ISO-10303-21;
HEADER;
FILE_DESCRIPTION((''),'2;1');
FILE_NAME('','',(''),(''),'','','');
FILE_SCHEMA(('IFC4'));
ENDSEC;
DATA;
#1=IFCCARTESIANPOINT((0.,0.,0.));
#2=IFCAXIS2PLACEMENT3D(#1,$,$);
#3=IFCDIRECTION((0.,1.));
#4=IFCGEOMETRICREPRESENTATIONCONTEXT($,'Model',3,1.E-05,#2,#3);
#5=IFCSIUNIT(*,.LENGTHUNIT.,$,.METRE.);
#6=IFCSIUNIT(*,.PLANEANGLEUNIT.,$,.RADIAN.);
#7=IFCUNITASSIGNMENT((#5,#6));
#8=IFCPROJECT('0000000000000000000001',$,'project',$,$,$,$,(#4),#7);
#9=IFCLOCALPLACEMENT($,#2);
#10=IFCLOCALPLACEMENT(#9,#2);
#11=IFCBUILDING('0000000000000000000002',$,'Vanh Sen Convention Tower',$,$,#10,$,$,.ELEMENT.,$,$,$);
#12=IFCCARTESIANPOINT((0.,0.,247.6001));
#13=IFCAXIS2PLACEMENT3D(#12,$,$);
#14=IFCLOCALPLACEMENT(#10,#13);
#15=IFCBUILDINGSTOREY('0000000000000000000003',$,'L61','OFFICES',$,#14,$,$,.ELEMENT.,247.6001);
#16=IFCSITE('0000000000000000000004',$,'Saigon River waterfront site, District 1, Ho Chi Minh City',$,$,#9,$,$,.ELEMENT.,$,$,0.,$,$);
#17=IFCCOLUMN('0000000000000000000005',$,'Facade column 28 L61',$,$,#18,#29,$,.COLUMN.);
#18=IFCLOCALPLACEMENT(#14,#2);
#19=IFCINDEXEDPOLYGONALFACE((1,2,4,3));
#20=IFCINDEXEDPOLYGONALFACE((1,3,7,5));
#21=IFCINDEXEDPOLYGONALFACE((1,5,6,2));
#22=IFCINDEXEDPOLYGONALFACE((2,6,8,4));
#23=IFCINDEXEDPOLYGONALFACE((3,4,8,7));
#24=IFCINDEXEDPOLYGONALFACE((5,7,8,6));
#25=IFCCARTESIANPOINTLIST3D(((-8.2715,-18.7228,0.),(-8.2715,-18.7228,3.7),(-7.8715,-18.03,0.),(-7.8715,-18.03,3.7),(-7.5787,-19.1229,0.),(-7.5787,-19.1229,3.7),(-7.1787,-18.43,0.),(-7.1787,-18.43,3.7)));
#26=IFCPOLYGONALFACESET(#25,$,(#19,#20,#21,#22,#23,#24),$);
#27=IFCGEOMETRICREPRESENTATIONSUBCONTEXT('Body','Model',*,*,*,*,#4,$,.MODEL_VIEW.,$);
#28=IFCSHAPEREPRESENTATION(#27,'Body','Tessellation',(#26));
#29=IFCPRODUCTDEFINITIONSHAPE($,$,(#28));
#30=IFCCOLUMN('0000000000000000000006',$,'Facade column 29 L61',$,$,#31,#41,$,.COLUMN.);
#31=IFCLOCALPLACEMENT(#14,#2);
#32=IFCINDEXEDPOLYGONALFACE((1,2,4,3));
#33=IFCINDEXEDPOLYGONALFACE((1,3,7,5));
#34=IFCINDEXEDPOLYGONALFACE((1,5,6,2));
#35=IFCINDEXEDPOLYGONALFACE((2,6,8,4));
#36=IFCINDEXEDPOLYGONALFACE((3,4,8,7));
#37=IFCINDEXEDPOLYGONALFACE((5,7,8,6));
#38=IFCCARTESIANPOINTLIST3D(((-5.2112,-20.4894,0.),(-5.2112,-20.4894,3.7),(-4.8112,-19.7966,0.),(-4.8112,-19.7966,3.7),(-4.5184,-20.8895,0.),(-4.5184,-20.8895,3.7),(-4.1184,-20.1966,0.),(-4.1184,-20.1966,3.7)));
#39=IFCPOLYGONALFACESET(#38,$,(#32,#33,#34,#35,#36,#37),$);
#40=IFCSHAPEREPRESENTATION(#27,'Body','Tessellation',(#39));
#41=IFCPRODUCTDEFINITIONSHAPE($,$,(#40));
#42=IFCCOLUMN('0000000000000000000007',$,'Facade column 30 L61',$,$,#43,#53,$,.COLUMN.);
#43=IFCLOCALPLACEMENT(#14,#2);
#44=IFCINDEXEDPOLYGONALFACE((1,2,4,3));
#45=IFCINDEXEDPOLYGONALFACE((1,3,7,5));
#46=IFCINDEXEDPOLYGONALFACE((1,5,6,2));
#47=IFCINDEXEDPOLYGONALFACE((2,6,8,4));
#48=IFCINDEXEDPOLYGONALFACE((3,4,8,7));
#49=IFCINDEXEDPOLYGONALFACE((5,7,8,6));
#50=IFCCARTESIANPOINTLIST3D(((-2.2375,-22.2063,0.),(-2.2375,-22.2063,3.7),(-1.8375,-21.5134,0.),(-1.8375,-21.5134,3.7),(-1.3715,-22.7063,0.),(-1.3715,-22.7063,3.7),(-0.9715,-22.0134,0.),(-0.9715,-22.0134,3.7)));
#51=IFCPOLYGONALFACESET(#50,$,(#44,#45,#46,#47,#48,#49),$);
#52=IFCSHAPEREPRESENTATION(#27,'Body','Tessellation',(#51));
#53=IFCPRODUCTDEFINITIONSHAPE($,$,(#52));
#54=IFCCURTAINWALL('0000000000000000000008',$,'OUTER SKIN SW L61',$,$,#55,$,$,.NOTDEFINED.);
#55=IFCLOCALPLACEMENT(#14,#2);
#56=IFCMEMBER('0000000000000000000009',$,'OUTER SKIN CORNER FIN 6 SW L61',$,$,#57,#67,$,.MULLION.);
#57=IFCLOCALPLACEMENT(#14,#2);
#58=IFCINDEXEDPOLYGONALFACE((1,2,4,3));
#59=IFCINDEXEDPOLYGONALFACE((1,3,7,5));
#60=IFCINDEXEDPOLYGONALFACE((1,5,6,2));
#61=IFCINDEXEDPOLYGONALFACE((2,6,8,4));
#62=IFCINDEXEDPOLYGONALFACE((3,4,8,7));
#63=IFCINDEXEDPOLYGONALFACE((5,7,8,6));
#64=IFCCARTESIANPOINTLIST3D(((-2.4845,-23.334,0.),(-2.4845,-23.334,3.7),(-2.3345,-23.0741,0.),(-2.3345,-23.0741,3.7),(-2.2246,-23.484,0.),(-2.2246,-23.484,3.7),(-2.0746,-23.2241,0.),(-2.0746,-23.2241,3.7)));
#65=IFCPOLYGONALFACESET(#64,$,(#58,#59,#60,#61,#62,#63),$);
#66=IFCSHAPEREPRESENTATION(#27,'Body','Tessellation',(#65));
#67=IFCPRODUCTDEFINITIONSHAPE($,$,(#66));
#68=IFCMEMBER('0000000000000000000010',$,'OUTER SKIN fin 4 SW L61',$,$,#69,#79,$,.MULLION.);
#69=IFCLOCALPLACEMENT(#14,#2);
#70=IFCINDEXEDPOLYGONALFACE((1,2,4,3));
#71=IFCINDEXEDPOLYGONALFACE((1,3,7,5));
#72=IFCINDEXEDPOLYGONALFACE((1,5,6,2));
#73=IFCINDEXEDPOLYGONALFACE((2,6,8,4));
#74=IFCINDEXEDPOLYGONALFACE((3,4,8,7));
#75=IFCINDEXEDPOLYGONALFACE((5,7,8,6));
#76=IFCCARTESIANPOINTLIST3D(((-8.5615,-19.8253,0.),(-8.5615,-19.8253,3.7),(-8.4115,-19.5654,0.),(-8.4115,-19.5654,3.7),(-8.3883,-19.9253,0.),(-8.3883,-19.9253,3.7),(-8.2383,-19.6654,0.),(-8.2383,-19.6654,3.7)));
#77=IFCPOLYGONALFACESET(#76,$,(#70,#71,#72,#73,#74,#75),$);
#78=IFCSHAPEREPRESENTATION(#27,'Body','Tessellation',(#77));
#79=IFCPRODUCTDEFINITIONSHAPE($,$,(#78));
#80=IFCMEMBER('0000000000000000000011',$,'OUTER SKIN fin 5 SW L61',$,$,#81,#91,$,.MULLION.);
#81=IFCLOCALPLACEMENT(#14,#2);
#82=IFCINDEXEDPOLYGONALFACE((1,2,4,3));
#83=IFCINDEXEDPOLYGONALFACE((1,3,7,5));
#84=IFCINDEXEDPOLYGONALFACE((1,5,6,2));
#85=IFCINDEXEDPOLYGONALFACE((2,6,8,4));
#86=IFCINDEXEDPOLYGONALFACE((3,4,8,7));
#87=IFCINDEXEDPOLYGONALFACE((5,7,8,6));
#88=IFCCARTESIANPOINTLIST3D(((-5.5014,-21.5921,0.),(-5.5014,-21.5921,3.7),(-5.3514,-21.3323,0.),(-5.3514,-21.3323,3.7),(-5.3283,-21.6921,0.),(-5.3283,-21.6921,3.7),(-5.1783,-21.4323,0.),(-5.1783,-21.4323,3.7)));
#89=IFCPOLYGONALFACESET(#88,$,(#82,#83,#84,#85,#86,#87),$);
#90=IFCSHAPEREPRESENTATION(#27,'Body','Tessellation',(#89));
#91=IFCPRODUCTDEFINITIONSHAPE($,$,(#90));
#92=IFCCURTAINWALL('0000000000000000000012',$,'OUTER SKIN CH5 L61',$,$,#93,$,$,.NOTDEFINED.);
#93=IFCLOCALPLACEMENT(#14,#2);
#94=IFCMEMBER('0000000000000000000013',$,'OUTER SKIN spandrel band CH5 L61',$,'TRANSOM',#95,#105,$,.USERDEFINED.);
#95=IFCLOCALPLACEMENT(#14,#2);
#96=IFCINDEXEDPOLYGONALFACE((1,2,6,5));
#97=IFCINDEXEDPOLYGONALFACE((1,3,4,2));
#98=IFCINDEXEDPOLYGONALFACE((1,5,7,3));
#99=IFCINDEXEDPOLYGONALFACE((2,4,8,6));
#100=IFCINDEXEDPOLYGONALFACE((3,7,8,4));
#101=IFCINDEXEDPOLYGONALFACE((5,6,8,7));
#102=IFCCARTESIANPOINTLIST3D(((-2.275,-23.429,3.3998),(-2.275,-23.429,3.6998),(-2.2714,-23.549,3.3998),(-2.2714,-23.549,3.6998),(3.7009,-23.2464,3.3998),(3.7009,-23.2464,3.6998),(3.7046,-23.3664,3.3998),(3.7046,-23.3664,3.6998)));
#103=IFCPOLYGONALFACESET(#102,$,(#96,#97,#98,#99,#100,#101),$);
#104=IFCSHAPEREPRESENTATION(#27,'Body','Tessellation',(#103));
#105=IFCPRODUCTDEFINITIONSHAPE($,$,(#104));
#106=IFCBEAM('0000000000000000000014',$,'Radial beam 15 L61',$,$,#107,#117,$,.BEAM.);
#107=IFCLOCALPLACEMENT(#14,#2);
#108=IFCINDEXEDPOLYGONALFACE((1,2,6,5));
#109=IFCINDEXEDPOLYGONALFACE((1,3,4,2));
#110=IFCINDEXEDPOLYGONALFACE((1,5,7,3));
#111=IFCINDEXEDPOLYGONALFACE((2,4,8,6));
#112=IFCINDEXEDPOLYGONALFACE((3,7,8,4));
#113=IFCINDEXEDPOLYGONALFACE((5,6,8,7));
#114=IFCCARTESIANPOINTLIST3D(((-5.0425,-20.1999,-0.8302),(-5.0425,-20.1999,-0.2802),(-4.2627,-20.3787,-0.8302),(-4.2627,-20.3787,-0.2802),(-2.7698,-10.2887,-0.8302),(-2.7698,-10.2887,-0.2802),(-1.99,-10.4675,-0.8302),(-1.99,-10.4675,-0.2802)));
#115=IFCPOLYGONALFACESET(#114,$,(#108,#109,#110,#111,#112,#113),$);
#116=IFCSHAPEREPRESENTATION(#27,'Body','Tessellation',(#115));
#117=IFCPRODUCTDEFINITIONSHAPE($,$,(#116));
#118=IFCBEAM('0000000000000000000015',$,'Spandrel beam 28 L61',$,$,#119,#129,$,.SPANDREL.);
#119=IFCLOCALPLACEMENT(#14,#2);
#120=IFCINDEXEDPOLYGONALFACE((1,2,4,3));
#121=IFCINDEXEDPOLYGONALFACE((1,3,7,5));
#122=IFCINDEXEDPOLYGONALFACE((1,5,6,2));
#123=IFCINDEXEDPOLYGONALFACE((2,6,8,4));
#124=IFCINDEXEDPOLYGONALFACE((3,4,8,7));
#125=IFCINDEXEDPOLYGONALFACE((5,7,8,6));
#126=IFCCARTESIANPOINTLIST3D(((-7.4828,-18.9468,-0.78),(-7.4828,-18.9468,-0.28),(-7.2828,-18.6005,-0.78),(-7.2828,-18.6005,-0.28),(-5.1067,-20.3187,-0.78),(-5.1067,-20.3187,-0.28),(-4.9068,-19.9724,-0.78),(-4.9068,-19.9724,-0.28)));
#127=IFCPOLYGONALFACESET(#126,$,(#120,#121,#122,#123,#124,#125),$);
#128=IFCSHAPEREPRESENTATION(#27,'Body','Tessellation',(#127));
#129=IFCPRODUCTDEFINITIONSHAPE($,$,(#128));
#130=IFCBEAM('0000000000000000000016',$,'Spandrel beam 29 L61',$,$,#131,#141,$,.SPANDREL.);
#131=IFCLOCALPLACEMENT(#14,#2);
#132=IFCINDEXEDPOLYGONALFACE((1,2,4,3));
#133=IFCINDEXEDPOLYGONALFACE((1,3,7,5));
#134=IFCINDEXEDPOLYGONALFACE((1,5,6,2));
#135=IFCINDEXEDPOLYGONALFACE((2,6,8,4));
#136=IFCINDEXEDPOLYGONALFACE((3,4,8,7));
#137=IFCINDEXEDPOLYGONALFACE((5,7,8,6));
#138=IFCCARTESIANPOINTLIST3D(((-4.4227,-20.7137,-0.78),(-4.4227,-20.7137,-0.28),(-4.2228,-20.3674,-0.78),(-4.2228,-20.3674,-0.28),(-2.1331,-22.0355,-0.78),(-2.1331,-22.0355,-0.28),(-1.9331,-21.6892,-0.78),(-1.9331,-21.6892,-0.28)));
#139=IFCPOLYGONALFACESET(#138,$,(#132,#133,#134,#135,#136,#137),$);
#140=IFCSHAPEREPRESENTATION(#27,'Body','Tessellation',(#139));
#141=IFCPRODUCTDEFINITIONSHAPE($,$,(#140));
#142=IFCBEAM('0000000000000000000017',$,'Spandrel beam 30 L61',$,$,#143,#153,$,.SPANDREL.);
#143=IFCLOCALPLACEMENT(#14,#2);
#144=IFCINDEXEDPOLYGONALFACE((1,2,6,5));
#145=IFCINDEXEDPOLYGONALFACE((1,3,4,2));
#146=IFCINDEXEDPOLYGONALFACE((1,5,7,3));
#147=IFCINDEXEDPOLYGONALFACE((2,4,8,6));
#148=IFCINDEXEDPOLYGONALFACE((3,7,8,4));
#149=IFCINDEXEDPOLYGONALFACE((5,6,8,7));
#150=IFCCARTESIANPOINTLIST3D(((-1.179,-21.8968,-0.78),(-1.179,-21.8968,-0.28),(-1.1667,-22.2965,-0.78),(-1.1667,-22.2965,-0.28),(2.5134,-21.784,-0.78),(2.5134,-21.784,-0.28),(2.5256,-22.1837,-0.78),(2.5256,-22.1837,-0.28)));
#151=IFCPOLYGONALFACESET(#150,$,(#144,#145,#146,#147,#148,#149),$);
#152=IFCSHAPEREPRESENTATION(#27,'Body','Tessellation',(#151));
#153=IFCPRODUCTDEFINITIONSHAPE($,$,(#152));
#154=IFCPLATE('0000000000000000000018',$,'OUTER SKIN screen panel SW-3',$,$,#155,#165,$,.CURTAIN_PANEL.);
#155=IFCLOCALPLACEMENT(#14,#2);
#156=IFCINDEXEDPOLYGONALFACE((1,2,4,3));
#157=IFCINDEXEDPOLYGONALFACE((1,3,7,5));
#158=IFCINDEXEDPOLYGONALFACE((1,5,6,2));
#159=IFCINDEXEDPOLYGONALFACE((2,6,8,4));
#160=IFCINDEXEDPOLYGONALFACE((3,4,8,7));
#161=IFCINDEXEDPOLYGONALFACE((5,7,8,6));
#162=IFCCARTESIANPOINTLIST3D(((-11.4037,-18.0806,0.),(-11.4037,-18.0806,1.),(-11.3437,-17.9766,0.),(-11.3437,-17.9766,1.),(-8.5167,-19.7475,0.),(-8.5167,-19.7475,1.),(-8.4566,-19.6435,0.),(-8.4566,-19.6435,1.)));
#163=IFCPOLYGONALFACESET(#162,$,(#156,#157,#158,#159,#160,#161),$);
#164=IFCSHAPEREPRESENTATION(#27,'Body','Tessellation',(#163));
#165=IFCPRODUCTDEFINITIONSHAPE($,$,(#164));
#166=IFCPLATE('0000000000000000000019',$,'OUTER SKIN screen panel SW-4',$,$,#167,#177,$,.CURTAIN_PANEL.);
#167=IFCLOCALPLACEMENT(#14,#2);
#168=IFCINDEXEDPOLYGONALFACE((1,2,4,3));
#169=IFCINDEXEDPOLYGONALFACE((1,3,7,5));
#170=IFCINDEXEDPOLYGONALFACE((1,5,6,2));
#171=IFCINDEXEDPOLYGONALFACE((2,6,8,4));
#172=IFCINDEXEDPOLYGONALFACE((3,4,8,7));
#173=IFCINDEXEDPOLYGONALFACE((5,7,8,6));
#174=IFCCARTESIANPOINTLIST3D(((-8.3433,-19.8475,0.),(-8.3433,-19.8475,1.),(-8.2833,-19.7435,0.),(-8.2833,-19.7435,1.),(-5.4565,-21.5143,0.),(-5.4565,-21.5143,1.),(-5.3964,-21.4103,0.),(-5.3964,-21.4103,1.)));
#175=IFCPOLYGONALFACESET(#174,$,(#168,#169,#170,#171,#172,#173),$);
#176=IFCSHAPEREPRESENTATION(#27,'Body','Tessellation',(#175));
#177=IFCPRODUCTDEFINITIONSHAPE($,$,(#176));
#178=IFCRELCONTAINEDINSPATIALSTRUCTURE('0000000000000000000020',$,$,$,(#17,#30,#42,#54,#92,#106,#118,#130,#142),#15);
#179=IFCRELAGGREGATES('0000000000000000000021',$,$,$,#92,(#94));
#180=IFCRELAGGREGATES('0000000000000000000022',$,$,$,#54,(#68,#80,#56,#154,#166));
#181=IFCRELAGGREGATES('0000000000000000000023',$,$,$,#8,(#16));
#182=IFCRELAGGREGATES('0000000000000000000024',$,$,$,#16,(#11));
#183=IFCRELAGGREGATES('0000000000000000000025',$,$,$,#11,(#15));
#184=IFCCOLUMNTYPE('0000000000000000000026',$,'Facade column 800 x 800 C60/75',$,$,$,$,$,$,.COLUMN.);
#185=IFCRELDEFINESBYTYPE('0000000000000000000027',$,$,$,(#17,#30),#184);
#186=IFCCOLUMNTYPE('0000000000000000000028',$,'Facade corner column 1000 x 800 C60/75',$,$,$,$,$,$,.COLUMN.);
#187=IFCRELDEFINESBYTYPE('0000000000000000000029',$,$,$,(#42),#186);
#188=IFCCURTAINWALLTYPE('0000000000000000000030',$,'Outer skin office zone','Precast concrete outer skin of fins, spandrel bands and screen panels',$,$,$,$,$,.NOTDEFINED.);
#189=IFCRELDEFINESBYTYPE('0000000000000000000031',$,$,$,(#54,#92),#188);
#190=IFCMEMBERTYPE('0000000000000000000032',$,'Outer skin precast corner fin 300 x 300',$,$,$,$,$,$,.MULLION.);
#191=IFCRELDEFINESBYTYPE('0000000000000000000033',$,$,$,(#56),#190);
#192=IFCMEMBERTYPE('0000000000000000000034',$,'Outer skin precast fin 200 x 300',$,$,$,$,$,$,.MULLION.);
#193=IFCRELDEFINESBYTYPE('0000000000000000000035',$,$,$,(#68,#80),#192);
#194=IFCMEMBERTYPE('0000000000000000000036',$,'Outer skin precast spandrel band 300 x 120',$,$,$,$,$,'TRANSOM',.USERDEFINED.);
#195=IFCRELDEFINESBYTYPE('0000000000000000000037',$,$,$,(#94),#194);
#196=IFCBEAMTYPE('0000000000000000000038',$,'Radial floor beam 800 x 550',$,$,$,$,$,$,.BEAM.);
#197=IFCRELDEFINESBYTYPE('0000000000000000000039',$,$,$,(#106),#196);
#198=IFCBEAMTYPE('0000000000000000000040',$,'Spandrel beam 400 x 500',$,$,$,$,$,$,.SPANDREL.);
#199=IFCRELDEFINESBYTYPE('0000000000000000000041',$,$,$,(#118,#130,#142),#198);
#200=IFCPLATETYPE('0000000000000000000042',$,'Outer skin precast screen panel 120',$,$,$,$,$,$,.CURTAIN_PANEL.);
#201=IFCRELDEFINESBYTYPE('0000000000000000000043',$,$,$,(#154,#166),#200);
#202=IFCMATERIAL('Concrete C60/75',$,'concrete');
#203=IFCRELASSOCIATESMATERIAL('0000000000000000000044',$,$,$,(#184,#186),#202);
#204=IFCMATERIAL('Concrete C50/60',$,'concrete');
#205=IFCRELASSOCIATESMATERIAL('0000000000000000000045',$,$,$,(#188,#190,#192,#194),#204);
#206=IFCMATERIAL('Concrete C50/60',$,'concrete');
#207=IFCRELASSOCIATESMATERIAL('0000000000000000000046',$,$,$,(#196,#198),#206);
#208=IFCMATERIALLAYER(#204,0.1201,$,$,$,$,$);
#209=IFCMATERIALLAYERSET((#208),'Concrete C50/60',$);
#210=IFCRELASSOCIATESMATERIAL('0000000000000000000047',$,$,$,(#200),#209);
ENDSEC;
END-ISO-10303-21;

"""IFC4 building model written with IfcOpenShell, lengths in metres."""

from ifc_helpers import new_model, si_unit, direction, frame, origin, origin_2d, place, context, subcontext, project, spatial, rectangle, extrude, material, layer, layer_set, material_profile, profile_set, type_object, element, aggregate, save


model = new_model("IFC4")

# Units and contexts
model_context = context("Model", 3, precision=1e-05, world=origin(), true_north=direction((0.0, 1.0)))
body_context = subcontext(model_context, "Body", "Model", "MODEL_VIEW")
ifc_project = project(units=[si_unit("LENGTHUNIT", "METRE"), si_unit("PLANEANGLEUNIT", "RADIAN")], contexts=[model_context])

# Site, building, storey
site_placement = place(None, origin())
site = spatial("IfcSite", under=ifc_project, at=site_placement, Name="Saigon River waterfront site, District 1, Ho Chi Minh City", CompositionType="ELEMENT", RefElevation=0.0)
building_placement = place(site_placement, origin())
building = spatial("IfcBuilding", under=site, at=building_placement, Name="Vanh Sen Convention Tower", CompositionType="ELEMENT")
storey_placement = place(building_placement, frame((0.0, 0.0, 247.6001)))
storey = spatial("IfcBuildingStorey", under=building, at=storey_placement, Name="L61", Description="OFFICES", CompositionType="ELEMENT", Elevation=247.6001)

# Columns
ifc_material_1 = material(Name="Concrete C60/75", Category="concrete")
ifc_material_profile_1 = material_profile(ifc_material_1, rectangle(XDim=0.8, YDim=0.8, at=origin_2d()), Name="RC 800X800")
ifc_profile_set_1 = profile_set([ifc_material_profile_1], Name="Concrete C60/75")
column_type_1 = type_object("IfcColumnType", Name="Facade column 800 x 800 C60/75", PredefinedType="COLUMN", material=ifc_profile_set_1)
for number, where, z_axis, x_axis, name in (
    (1, (-7.7251, -18.5764, 0.0), (0.0, 0.0, 1.0), (0.866025, -0.5, 0.0), "Facade column 28 L61"),
    (2, (-4.6648, -20.343, 0.0), (0.0, 0.0, 1.0), (0.866025, -0.5, 0.0), "Facade column 29 L61"),
):
    element("IfcColumn", number, at=place(storey_placement, frame(where, z_axis=z_axis, x_axis=x_axis)), inside=storey, type_object=column_type_1, Name=name, PredefinedType="COLUMN", context=body_context, shape_type="SweptSolid", body=[
        extrude(rectangle(XDim=0.8, YDim=0.8, at=origin_2d()), origin(), (0.0, 0.0, 1.0), 3.7),
    ])
ifc_material_profile_2 = material_profile(ifc_material_1, rectangle(XDim=1.0, YDim=0.8, at=origin_2d()), Name="RC 1000X800")
ifc_profile_set_2 = profile_set([ifc_material_profile_2], Name="Concrete C60/75")
column_type_2 = type_object("IfcColumnType", Name="Facade corner column 1000 x 800 C60/75", PredefinedType="COLUMN", material=ifc_profile_set_2)
column_placement = place(storey_placement, frame((-1.6045, -22.1099, 0.0), z_axis=(0.0, 0.0, 1.0), x_axis=(0.866025, -0.5, 0.0)))
element("IfcColumn", 3, at=column_placement, inside=storey, type_object=column_type_2, Name="Facade column 30 L61", PredefinedType="COLUMN", context=body_context, shape_type="SweptSolid", body=[
    extrude(rectangle(XDim=1.0, YDim=0.8, at=origin_2d()), origin(), (0.0, 0.0, 1.0), 3.7),
])

# Curtain wall, members
ifc_material_2 = material(Name="Concrete C50/60", Category="concrete")
curtain_wall_type = type_object("IfcCurtainWallType", Name="Outer skin office zone", Description="Precast concrete outer skin of fins, spandrel bands and screen panels", PredefinedType="NOTDEFINED", material=ifc_material_2)
curtain_wall_1_placement = place(storey_placement, origin())
curtain_wall_1 = element("IfcCurtainWall", 4, at=curtain_wall_1_placement, inside=storey, type_object=curtain_wall_type, Name="OUTER SKIN SW L61", PredefinedType="NOTDEFINED")
ifc_material_profile_3 = material_profile(ifc_material_2, rectangle(XDim=0.3, YDim=0.3, at=origin_2d()), Name="Outer skin precast corner fin 300 x 300")
ifc_profile_set_3 = profile_set([ifc_material_profile_3], Name="Concrete C50/60")
member_type_1 = type_object("IfcMemberType", Name="Outer skin precast corner fin 300 x 300", PredefinedType="MULLION", material=ifc_profile_set_3)
member_1_placement = place(storey_placement, frame((-2.2795, -23.2791, 0.0), z_axis=(0.0, 0.0, 1.0), x_axis=(0.866025, -0.5, 0.0)))
member_1 = element("IfcMember", 5, at=member_1_placement, type_object=member_type_1, Name="OUTER SKIN CORNER FIN 6 SW L61", PredefinedType="MULLION", context=body_context, shape_type="SweptSolid", body=[
    extrude(rectangle(XDim=0.3, YDim=0.3, at=origin_2d()), origin(), (0.0, 0.0, 1.0), 3.7),
])
ifc_material_profile_4 = material_profile(ifc_material_2, rectangle(XDim=0.2, YDim=0.3, at=origin_2d()), Name="Outer skin precast fin 200 x 300")
ifc_profile_set_4 = profile_set([ifc_material_profile_4], Name="Concrete C50/60")
member_type_2 = type_object("IfcMemberType", Name="Outer skin precast fin 200 x 300", PredefinedType="MULLION", material=ifc_profile_set_4)
member_2_placement = place(storey_placement, frame((-8.3999, -19.7454, 0.0), z_axis=(0.0, 0.0, 1.0), x_axis=(0.866025, -0.5, 0.0)))
member_2 = element("IfcMember", 6, at=member_2_placement, type_object=member_type_2, Name="OUTER SKIN fin 4 SW L61", PredefinedType="MULLION", context=body_context, shape_type="SweptSolid", body=[
    extrude(rectangle(XDim=0.2, YDim=0.3, at=origin_2d()), origin(), (0.0, 0.0, 1.0), 3.7),
])
member_3_placement = place(storey_placement, frame((-5.3398, -21.5122, 0.0), z_axis=(0.0, 0.0, 1.0), x_axis=(0.866025, -0.5, 0.0)))
member_3 = element("IfcMember", 7, at=member_3_placement, type_object=member_type_2, Name="OUTER SKIN fin 5 SW L61", PredefinedType="MULLION", context=body_context, shape_type="SweptSolid", body=[
    extrude(rectangle(XDim=0.2, YDim=0.3, at=origin_2d()), origin(), (0.0, 0.0, 1.0), 3.7),
])

# Curtain wall, member
curtain_wall_2_placement = place(storey_placement, origin())
curtain_wall_2 = element("IfcCurtainWall", 8, at=curtain_wall_2_placement, inside=storey, type_object=curtain_wall_type, Name="OUTER SKIN CH5 L61", PredefinedType="NOTDEFINED")
ifc_material_profile_5 = material_profile(ifc_material_2, rectangle(XDim=0.1201, YDim=0.3, at=origin_2d()), Name="Outer skin precast spandrel band 300 x 120")
ifc_profile_set_5 = profile_set([ifc_material_profile_5], Name="Concrete C50/60")
member_type_3 = type_object("IfcMemberType", Name="Outer skin precast spandrel band 300 x 120", ElementType="TRANSOM", PredefinedType="USERDEFINED", material=ifc_profile_set_5)
member_4_placement = place(storey_placement, frame((-2.2732, -23.489, 3.5498), z_axis=(0.999533, 0.030544, 0.0), x_axis=(-0.030544, 0.999533, 0.0)))
member_4 = element("IfcMember", 9, at=member_4_placement, type_object=member_type_3, Name="OUTER SKIN spandrel band CH5 L61", ObjectType="TRANSOM", PredefinedType="USERDEFINED", context=body_context, shape_type="SweptSolid", body=[
    extrude(rectangle(XDim=0.1201, YDim=0.3, at=origin_2d()), origin(), (0.0, 0.0, 1.0), 5.9788),
])
aggregate(curtain_wall_2, [member_4])

# Beams
ifc_material_3 = material(Name="Concrete C50/60", Category="concrete")
ifc_material_profile_6 = material_profile(ifc_material_3, rectangle(XDim=0.8, YDim=0.55, at=origin_2d()), Name="RC 800X550")
ifc_profile_set_6 = profile_set([ifc_material_profile_6], Name="Concrete C50/60")
beam_type_1 = type_object("IfcBeamType", Name="Radial floor beam 800 x 550", PredefinedType="BEAM", material=ifc_profile_set_6)
beam_1_placement = place(storey_placement, frame((-4.6526, -20.2893, -0.5552), z_axis=(0.223507, 0.974702, 0.0), x_axis=(-0.974702, 0.223507, 0.0)))
element("IfcBeam", 10, at=beam_1_placement, inside=storey, type_object=beam_type_1, Name="Radial beam 15 L61", PredefinedType="BEAM", context=body_context, shape_type="SweptSolid", body=[
    extrude(rectangle(XDim=0.8, YDim=0.55, at=origin_2d()), origin(), (0.0, 0.0, 1.0), 10.1685),
])
ifc_material_profile_7 = material_profile(ifc_material_3, rectangle(XDim=0.3999, YDim=0.5, at=origin_2d()), Name="RC 400X500")
ifc_profile_set_7 = profile_set([ifc_material_profile_7], Name="Concrete C50/60")
beam_type_2 = type_object("IfcBeamType", Name="Spandrel beam 400 x 500", PredefinedType="SPANDREL", material=ifc_profile_set_7)
beam_2_placement = place(storey_placement, frame((-7.3828, -18.7737, -0.53), z_axis=(0.866017, -0.500015, 0.0), x_axis=(0.500015, 0.866017, 0.0)))
element("IfcBeam", 11, at=beam_2_placement, inside=storey, type_object=beam_type_2, Name="Spandrel beam 28 L61", PredefinedType="SPANDREL", context=body_context, shape_type="SweptSolid", body=[
    extrude(rectangle(XDim=0.3999, YDim=0.5, at=origin_2d()), origin(), (0.0, 0.0, 1.0), 2.7437),
])
beam_3_placement = place(storey_placement, frame((-4.3228, -20.5405, -0.53), z_axis=(0.866041, -0.499973, 0.0), x_axis=(0.499973, 0.866041, 0.0)))
element("IfcBeam", 12, at=beam_3_placement, inside=storey, type_object=beam_type_2, Name="Spandrel beam 29 L61", PredefinedType="SPANDREL", context=body_context, shape_type="SweptSolid", body=[
    extrude(rectangle(XDim=0.3999, YDim=0.5, at=origin_2d()), origin(), (0.0, 0.0, 1.0), 2.6438),
])
beam_4_placement = place(storey_placement, frame((-1.1729, -22.0967, -0.53), z_axis=(0.999534, 0.030533, 0.0), x_axis=(-0.030533, 0.999534, 0.0)))
element("IfcBeam", 13, at=beam_4_placement, inside=storey, type_object=beam_type_2, Name="Spandrel beam 30 L61", PredefinedType="SPANDREL", context=body_context, shape_type="SweptSolid", body=[
    extrude(rectangle(XDim=0.3999, YDim=0.5, at=origin_2d()), origin(), (0.0, 0.0, 1.0), 3.6941),
])

# Plates
ifc_layer_1 = layer(ifc_material_2, 0.1201)
ifc_layer_set_1 = layer_set([ifc_layer_1], Name="Concrete C50/60")
plate_type = type_object("IfcPlateType", Name="Outer skin precast screen panel 120", PredefinedType="CURTAIN_PANEL", material=ifc_layer_set_1)
plate_1_placement = place(storey_placement, frame((-9.9302, -18.8621, 0.0), z_axis=(0.0, 0.0, 1.0), x_axis=(0.866014, -0.50002, 0.0)))
plate_1 = element("IfcPlate", 14, at=plate_1_placement, type_object=plate_type, Name="OUTER SKIN screen panel SW-3", PredefinedType="CURTAIN_PANEL", context=body_context, shape_type="SweptSolid", body=[
    extrude(rectangle(XDim=3.3337, YDim=0.1201, at=origin_2d()), origin(), (0.0, 0.0, 1.0), 1.0),
])
plate_2_placement = place(storey_placement, frame((-6.8699, -20.6289, 0.0), z_axis=(0.0, 0.0, 1.0), x_axis=(0.866026, -0.499998, 0.0)))
plate_2 = element("IfcPlate", 15, at=plate_2_placement, type_object=plate_type, Name="OUTER SKIN screen panel SW-4", PredefinedType="CURTAIN_PANEL", context=body_context, shape_type="SweptSolid", body=[
    extrude(rectangle(XDim=3.3335, YDim=0.1201, at=origin_2d()), origin(), (0.0, 0.0, 1.0), 1.0),
])
aggregate(curtain_wall_1, [member_2, member_3, member_1, plate_1, plate_2])

save(model, "model.ifc")
